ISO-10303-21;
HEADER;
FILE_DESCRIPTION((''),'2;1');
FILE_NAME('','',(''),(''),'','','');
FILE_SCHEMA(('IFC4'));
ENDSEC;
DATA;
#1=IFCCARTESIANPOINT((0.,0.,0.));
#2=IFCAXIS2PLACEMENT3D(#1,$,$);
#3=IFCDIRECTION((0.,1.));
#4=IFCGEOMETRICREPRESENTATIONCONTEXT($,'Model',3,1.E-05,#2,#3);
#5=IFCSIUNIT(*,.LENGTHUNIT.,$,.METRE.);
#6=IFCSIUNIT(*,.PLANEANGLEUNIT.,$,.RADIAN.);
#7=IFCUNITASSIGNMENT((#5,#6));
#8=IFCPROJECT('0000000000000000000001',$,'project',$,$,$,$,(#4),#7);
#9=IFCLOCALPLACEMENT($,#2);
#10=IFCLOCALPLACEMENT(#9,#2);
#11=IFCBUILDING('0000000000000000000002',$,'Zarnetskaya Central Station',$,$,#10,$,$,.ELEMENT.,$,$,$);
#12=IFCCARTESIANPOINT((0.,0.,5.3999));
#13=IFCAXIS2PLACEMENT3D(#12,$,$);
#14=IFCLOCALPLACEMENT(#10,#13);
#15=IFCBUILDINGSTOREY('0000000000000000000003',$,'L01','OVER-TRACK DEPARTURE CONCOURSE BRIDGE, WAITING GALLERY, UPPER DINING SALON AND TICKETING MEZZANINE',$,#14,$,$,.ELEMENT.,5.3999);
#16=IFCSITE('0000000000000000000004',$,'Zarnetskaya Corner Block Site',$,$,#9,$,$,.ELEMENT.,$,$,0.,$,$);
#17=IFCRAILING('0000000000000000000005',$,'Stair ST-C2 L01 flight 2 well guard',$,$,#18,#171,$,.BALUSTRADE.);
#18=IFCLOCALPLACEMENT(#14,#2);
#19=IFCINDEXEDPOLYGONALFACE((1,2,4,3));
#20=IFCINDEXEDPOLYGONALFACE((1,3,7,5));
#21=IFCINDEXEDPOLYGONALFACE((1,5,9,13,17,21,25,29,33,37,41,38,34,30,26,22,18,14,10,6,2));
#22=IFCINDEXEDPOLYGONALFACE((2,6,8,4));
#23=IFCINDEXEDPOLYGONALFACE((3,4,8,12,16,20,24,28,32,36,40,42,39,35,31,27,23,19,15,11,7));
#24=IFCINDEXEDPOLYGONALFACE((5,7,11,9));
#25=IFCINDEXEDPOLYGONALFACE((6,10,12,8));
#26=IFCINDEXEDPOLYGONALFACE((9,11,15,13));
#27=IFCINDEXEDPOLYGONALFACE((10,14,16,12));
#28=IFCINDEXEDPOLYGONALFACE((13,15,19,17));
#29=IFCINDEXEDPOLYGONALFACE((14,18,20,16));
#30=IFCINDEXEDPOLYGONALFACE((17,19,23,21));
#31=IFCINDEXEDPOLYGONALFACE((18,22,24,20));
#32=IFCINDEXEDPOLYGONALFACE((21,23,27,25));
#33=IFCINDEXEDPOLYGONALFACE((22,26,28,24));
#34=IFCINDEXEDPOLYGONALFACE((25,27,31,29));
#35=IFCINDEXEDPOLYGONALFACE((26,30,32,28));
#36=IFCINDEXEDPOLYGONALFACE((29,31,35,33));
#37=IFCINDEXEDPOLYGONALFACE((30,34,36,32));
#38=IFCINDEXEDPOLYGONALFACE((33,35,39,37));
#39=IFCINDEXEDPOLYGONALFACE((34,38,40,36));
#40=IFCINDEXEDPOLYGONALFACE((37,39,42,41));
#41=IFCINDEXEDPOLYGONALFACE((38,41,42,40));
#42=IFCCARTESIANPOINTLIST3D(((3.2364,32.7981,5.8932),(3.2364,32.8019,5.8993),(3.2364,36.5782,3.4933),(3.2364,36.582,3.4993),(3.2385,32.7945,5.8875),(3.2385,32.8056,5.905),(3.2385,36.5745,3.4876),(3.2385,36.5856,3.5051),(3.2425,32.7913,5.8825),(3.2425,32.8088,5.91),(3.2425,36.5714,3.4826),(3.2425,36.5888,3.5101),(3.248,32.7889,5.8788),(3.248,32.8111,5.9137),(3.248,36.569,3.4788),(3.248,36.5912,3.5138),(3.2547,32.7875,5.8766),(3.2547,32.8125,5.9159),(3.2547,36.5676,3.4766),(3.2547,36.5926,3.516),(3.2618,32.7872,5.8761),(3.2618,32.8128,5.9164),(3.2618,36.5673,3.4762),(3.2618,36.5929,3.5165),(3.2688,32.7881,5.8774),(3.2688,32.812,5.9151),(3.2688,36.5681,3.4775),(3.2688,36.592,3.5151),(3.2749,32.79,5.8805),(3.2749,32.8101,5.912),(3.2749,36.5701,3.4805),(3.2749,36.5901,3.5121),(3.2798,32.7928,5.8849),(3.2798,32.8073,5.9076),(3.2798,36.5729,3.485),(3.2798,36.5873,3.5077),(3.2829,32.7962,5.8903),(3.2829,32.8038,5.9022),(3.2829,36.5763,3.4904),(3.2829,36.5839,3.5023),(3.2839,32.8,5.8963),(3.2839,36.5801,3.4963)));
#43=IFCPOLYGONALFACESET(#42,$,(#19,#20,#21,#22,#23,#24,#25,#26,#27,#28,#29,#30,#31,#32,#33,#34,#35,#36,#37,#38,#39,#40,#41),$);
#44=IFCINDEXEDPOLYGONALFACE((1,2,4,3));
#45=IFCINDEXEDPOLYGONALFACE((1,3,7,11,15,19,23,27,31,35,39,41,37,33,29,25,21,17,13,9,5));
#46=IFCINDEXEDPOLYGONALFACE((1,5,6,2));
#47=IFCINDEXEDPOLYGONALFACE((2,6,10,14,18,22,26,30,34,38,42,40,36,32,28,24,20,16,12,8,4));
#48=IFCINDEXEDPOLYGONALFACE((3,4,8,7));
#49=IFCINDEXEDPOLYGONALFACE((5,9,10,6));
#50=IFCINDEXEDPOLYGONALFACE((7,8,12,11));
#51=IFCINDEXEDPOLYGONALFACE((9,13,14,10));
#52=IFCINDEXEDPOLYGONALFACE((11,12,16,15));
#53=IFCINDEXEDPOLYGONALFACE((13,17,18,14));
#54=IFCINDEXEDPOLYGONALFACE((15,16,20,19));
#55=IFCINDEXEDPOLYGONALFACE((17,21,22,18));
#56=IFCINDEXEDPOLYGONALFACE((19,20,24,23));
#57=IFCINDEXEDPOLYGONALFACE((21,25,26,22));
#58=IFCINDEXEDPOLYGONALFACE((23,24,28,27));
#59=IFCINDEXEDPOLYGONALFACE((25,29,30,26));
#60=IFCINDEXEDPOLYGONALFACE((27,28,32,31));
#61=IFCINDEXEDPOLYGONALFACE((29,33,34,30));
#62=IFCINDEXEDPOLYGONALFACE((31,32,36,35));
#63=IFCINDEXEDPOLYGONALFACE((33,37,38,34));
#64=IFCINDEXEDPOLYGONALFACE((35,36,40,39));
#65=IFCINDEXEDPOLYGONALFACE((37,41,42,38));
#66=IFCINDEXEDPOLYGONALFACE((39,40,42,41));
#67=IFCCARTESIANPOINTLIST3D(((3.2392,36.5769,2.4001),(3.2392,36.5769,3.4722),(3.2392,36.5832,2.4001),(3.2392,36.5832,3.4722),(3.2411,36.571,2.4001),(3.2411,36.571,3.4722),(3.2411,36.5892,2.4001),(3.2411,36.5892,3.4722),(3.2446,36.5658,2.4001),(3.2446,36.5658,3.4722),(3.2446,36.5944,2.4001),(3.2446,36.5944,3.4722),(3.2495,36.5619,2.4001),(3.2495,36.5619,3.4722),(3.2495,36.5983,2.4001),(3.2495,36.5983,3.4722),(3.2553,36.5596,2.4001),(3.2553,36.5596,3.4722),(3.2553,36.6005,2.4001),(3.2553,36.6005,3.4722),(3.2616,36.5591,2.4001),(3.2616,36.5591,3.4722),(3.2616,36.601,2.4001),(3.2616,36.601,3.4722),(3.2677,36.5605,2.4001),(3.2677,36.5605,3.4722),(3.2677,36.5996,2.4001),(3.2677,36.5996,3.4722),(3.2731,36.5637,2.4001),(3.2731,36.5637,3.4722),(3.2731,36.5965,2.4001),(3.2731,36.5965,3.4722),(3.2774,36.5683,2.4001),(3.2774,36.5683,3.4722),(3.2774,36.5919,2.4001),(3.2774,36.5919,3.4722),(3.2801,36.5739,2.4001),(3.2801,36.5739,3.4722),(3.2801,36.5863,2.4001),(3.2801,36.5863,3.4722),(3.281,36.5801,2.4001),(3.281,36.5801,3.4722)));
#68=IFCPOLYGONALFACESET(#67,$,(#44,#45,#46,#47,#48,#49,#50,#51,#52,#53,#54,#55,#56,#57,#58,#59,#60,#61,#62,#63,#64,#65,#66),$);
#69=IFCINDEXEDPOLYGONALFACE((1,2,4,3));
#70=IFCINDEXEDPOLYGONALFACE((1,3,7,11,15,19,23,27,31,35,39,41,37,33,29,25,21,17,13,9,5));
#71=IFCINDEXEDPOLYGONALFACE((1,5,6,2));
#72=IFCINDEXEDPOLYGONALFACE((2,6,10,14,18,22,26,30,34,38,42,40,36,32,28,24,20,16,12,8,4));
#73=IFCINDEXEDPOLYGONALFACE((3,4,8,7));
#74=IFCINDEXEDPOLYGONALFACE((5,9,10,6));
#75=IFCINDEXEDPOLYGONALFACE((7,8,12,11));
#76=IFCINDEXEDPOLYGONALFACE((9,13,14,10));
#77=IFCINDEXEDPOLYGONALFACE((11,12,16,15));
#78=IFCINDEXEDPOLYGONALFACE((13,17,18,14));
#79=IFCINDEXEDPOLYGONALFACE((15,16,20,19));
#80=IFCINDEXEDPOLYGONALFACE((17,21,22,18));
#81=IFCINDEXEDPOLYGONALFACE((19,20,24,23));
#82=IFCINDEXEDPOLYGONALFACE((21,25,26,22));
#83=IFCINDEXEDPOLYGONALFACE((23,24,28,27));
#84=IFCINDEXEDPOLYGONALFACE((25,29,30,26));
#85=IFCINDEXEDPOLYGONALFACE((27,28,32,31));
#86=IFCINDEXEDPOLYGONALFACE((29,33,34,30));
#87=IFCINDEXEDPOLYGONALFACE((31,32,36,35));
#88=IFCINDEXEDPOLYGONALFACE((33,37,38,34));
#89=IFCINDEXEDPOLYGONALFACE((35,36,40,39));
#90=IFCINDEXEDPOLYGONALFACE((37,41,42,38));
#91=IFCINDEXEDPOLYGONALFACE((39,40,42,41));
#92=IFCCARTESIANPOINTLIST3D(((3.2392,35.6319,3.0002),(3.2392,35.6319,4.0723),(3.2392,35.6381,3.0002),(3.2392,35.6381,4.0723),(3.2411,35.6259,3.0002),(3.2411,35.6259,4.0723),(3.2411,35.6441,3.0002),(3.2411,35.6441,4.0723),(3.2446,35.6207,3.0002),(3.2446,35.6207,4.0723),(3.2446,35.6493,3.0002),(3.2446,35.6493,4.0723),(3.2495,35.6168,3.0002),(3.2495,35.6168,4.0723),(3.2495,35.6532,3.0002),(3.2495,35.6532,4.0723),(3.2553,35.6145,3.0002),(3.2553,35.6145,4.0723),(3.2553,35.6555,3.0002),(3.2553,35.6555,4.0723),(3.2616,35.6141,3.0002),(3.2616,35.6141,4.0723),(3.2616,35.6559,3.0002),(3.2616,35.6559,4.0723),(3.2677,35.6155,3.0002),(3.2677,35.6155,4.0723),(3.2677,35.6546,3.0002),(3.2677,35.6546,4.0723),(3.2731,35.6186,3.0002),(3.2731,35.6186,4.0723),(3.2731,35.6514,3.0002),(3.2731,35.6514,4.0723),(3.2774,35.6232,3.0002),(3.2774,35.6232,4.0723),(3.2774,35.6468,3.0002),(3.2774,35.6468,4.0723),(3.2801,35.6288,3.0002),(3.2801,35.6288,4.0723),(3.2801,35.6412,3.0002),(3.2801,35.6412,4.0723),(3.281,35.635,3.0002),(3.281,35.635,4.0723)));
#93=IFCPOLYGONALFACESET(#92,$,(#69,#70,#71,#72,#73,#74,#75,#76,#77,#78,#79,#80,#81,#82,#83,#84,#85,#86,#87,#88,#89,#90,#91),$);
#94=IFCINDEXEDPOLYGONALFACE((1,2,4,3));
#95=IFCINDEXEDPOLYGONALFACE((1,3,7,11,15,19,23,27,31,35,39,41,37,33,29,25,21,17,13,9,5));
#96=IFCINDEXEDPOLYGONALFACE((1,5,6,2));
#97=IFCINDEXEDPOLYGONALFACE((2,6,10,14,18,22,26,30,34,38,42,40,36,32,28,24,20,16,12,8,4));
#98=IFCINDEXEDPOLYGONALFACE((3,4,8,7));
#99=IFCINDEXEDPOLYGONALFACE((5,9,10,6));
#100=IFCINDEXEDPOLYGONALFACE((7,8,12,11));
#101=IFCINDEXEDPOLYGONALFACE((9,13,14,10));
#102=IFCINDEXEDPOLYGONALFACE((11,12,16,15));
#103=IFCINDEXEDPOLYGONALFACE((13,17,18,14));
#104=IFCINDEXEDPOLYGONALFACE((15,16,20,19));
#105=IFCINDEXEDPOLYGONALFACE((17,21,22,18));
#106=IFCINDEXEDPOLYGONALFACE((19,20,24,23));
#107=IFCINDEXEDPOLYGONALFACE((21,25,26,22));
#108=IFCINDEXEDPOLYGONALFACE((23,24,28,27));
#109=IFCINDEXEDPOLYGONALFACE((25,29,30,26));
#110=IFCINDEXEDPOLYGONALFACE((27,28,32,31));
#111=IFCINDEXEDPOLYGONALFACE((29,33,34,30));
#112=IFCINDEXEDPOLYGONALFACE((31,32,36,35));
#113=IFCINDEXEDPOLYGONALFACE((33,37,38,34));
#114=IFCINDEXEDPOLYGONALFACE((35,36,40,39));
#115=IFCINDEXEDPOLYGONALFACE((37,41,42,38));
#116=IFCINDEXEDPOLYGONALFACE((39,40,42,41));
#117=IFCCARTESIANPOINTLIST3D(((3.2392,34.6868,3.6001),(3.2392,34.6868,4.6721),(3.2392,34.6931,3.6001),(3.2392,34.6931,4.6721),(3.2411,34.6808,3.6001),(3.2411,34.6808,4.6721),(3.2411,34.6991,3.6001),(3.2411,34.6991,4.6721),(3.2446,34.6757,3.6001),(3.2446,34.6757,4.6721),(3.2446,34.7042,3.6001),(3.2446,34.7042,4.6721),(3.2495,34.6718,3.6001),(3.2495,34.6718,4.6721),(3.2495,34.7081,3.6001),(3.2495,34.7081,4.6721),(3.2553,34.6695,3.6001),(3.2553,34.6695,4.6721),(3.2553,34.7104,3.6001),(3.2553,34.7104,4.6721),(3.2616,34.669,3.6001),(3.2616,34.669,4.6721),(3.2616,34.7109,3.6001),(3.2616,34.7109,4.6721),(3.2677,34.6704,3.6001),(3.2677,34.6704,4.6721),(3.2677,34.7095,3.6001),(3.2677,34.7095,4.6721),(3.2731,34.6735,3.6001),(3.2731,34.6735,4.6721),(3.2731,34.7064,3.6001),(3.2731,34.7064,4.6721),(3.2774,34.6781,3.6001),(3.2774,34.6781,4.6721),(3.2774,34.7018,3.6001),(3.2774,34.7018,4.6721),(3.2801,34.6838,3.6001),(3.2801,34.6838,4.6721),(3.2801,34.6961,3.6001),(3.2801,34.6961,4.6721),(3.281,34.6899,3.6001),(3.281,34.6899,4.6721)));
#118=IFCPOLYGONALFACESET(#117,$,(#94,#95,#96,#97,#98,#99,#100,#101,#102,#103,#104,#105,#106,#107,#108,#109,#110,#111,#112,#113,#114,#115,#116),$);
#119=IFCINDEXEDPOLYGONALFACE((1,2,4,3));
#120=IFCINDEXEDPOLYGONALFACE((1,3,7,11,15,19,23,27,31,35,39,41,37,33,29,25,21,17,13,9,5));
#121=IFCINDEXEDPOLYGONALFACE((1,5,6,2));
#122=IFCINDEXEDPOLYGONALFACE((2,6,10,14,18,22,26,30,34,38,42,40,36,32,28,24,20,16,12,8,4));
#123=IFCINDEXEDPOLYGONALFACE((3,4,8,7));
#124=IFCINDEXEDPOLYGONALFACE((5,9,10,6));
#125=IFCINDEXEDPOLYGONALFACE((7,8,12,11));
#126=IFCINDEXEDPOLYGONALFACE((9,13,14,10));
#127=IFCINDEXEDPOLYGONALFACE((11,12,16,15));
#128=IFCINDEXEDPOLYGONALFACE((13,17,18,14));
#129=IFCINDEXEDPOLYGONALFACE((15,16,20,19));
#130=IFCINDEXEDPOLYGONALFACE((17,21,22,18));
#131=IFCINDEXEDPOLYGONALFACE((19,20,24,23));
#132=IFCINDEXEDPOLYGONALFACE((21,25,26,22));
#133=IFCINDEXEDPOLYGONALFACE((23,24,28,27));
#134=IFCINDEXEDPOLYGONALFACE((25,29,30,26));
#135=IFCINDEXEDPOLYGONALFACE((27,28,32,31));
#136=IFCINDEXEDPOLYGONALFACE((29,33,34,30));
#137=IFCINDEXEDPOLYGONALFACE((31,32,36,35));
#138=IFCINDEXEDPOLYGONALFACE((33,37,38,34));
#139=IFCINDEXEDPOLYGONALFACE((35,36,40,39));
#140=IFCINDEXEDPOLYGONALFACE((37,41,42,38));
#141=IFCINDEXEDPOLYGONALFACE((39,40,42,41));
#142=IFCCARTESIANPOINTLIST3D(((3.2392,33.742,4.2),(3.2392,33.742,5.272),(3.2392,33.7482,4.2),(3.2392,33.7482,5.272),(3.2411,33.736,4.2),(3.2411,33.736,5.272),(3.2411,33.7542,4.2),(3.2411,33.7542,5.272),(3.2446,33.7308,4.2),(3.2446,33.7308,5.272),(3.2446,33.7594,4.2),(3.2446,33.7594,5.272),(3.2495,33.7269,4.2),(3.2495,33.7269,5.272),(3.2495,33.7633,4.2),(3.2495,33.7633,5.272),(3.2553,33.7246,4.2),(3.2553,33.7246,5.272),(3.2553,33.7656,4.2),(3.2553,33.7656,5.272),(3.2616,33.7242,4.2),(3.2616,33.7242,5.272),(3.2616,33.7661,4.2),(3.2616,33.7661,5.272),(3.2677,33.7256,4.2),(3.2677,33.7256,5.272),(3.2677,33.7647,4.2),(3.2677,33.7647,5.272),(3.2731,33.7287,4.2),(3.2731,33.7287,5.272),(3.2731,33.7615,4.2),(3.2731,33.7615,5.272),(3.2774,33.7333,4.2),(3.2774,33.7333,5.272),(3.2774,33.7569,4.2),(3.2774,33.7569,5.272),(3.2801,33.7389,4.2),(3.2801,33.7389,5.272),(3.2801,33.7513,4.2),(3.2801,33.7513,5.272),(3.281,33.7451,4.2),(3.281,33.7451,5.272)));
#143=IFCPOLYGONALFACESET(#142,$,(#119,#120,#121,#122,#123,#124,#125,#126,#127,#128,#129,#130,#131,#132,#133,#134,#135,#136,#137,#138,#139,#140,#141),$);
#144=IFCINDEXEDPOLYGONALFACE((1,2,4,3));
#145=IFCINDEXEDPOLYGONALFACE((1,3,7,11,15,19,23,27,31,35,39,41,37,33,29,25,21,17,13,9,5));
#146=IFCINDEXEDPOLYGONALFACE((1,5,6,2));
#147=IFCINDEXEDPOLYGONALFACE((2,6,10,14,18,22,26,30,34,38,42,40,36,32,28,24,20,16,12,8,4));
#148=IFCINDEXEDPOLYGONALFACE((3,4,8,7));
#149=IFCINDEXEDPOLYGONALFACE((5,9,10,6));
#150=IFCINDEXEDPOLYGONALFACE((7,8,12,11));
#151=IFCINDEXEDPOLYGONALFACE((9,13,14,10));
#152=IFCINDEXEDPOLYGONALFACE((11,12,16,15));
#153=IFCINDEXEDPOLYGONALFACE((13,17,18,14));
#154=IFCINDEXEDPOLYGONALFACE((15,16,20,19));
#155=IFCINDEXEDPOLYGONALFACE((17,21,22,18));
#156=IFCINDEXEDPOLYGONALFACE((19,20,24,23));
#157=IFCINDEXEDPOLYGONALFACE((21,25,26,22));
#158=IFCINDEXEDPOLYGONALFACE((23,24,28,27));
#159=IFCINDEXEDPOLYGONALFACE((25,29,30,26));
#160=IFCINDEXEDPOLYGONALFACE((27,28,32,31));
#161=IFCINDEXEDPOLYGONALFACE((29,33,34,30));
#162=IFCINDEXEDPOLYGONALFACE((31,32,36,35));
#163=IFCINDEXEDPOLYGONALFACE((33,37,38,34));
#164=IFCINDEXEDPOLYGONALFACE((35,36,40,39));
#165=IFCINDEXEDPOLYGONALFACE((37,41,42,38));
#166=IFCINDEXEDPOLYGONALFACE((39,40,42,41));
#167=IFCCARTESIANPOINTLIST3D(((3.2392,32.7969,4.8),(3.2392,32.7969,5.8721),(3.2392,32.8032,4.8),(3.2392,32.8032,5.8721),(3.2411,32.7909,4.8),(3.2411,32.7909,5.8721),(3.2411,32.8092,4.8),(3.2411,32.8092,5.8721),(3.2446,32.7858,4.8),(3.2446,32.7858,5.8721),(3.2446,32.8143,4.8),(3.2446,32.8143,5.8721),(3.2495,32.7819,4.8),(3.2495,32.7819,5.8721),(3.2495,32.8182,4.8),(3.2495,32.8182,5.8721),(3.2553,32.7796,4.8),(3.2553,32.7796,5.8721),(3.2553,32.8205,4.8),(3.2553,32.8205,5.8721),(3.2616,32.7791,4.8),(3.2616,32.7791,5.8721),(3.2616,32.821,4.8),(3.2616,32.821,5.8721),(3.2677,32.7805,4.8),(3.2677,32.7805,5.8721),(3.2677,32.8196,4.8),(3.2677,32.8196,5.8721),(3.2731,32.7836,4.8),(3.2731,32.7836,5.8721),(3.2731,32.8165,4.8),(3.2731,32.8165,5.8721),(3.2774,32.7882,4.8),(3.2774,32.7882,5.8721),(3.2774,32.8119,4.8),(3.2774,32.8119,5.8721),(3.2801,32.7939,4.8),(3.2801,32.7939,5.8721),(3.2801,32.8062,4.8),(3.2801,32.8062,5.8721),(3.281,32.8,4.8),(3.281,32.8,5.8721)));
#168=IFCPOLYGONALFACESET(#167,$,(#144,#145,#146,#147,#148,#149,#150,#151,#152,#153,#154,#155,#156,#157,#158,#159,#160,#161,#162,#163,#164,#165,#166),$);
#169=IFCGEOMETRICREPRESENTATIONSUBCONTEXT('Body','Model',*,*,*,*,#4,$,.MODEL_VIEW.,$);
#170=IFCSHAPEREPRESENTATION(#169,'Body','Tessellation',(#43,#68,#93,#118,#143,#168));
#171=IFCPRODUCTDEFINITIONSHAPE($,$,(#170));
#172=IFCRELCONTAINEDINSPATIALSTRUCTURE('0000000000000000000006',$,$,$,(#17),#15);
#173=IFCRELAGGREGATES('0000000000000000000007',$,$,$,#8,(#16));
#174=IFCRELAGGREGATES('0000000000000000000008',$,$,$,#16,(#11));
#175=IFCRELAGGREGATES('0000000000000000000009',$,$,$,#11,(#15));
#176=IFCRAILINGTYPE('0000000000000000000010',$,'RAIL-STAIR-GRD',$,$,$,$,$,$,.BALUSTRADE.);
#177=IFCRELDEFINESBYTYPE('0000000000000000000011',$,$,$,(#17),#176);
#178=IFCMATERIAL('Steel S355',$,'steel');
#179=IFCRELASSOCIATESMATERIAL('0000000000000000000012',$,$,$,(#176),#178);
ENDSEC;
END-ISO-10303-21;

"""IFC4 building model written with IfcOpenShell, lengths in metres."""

from ifc_helpers import new_model, si_unit, direction, frame, origin, origin_2d, place, context, subcontext, project, spatial, circle, extrude, material, type_object, element, save


model = new_model("IFC4")

# Units and contexts
model_context = context("Model", 3, precision=1e-05, world=origin(), true_north=direction((0.0, 1.0)))
body_context = subcontext(model_context, "Body", "Model", "MODEL_VIEW")
ifc_project = project(units=[si_unit("LENGTHUNIT", "METRE"), si_unit("PLANEANGLEUNIT", "RADIAN")], contexts=[model_context])

# Site, building, storey
site_placement = place(None, origin())
site = spatial("IfcSite", under=ifc_project, at=site_placement, Name="Zarnetskaya Corner Block Site", CompositionType="ELEMENT", RefElevation=0.0)
building_placement = place(site_placement, origin())
building = spatial("IfcBuilding", under=site, at=building_placement, Name="Zarnetskaya Central Station", CompositionType="ELEMENT")
storey_placement = place(building_placement, frame((0.0, 0.0, 5.3999)))
storey = spatial("IfcBuildingStorey", under=building, at=storey_placement, Name="L01", Description="OVER-TRACK DEPARTURE CONCOURSE BRIDGE, WAITING GALLERY, UPPER DINING SALON AND TICKETING MEZZANINE", CompositionType="ELEMENT", Elevation=5.3999)

# Shared definitions
ifc_material_1 = material(Name="Steel S355", Category="steel")

# Railing
railing_type_1 = type_object("IfcRailingType", Name="RAIL-STAIR-GRD", PredefinedType="BALUSTRADE", material=ifc_material_1)
railing_1_placement = place(storey_placement, frame((3.26, 36.5801, 2.4001)))
element("IfcRailing", 1, at=railing_1_placement, inside=storey, type_object=railing_type_1, Name="Stair ST-C2 L01 flight 2 well guard", PredefinedType="BALUSTRADE", context=body_context, shape_type="SweptSolid", body=[
    extrude(circle(Radius=0.0239, at=origin_2d()), frame((0.0, 0.0, 1.0962), z_axis=(0.0, -0.844225, 0.53599), x_axis=(1.0, 0.0, 0.0)), (0.0, 0.0, 1.0), 4.4775),
    extrude(circle(Radius=0.021, at=origin_2d()), origin(), (0.0, 0.0, 1.0), 1.072),
    extrude(circle(Radius=0.021, at=origin_2d()), frame((0.0, -0.9451, 0.6001)), (0.0, 0.0, 1.0), 1.072),
    extrude(circle(Radius=0.021, at=origin_2d()), frame((0.0, -1.8901, 1.2)), (0.0, 0.0, 1.0), 1.072),
    extrude(circle(Radius=0.021, at=origin_2d()), frame((0.0, -2.835, 1.7998)), (0.0, 0.0, 1.0), 1.072),
    extrude(circle(Radius=0.021, at=origin_2d()), frame((0.0, -3.78, 2.3999)), (0.0, 0.0, 1.0), 1.072),
])

save(model, "model.ifc")
